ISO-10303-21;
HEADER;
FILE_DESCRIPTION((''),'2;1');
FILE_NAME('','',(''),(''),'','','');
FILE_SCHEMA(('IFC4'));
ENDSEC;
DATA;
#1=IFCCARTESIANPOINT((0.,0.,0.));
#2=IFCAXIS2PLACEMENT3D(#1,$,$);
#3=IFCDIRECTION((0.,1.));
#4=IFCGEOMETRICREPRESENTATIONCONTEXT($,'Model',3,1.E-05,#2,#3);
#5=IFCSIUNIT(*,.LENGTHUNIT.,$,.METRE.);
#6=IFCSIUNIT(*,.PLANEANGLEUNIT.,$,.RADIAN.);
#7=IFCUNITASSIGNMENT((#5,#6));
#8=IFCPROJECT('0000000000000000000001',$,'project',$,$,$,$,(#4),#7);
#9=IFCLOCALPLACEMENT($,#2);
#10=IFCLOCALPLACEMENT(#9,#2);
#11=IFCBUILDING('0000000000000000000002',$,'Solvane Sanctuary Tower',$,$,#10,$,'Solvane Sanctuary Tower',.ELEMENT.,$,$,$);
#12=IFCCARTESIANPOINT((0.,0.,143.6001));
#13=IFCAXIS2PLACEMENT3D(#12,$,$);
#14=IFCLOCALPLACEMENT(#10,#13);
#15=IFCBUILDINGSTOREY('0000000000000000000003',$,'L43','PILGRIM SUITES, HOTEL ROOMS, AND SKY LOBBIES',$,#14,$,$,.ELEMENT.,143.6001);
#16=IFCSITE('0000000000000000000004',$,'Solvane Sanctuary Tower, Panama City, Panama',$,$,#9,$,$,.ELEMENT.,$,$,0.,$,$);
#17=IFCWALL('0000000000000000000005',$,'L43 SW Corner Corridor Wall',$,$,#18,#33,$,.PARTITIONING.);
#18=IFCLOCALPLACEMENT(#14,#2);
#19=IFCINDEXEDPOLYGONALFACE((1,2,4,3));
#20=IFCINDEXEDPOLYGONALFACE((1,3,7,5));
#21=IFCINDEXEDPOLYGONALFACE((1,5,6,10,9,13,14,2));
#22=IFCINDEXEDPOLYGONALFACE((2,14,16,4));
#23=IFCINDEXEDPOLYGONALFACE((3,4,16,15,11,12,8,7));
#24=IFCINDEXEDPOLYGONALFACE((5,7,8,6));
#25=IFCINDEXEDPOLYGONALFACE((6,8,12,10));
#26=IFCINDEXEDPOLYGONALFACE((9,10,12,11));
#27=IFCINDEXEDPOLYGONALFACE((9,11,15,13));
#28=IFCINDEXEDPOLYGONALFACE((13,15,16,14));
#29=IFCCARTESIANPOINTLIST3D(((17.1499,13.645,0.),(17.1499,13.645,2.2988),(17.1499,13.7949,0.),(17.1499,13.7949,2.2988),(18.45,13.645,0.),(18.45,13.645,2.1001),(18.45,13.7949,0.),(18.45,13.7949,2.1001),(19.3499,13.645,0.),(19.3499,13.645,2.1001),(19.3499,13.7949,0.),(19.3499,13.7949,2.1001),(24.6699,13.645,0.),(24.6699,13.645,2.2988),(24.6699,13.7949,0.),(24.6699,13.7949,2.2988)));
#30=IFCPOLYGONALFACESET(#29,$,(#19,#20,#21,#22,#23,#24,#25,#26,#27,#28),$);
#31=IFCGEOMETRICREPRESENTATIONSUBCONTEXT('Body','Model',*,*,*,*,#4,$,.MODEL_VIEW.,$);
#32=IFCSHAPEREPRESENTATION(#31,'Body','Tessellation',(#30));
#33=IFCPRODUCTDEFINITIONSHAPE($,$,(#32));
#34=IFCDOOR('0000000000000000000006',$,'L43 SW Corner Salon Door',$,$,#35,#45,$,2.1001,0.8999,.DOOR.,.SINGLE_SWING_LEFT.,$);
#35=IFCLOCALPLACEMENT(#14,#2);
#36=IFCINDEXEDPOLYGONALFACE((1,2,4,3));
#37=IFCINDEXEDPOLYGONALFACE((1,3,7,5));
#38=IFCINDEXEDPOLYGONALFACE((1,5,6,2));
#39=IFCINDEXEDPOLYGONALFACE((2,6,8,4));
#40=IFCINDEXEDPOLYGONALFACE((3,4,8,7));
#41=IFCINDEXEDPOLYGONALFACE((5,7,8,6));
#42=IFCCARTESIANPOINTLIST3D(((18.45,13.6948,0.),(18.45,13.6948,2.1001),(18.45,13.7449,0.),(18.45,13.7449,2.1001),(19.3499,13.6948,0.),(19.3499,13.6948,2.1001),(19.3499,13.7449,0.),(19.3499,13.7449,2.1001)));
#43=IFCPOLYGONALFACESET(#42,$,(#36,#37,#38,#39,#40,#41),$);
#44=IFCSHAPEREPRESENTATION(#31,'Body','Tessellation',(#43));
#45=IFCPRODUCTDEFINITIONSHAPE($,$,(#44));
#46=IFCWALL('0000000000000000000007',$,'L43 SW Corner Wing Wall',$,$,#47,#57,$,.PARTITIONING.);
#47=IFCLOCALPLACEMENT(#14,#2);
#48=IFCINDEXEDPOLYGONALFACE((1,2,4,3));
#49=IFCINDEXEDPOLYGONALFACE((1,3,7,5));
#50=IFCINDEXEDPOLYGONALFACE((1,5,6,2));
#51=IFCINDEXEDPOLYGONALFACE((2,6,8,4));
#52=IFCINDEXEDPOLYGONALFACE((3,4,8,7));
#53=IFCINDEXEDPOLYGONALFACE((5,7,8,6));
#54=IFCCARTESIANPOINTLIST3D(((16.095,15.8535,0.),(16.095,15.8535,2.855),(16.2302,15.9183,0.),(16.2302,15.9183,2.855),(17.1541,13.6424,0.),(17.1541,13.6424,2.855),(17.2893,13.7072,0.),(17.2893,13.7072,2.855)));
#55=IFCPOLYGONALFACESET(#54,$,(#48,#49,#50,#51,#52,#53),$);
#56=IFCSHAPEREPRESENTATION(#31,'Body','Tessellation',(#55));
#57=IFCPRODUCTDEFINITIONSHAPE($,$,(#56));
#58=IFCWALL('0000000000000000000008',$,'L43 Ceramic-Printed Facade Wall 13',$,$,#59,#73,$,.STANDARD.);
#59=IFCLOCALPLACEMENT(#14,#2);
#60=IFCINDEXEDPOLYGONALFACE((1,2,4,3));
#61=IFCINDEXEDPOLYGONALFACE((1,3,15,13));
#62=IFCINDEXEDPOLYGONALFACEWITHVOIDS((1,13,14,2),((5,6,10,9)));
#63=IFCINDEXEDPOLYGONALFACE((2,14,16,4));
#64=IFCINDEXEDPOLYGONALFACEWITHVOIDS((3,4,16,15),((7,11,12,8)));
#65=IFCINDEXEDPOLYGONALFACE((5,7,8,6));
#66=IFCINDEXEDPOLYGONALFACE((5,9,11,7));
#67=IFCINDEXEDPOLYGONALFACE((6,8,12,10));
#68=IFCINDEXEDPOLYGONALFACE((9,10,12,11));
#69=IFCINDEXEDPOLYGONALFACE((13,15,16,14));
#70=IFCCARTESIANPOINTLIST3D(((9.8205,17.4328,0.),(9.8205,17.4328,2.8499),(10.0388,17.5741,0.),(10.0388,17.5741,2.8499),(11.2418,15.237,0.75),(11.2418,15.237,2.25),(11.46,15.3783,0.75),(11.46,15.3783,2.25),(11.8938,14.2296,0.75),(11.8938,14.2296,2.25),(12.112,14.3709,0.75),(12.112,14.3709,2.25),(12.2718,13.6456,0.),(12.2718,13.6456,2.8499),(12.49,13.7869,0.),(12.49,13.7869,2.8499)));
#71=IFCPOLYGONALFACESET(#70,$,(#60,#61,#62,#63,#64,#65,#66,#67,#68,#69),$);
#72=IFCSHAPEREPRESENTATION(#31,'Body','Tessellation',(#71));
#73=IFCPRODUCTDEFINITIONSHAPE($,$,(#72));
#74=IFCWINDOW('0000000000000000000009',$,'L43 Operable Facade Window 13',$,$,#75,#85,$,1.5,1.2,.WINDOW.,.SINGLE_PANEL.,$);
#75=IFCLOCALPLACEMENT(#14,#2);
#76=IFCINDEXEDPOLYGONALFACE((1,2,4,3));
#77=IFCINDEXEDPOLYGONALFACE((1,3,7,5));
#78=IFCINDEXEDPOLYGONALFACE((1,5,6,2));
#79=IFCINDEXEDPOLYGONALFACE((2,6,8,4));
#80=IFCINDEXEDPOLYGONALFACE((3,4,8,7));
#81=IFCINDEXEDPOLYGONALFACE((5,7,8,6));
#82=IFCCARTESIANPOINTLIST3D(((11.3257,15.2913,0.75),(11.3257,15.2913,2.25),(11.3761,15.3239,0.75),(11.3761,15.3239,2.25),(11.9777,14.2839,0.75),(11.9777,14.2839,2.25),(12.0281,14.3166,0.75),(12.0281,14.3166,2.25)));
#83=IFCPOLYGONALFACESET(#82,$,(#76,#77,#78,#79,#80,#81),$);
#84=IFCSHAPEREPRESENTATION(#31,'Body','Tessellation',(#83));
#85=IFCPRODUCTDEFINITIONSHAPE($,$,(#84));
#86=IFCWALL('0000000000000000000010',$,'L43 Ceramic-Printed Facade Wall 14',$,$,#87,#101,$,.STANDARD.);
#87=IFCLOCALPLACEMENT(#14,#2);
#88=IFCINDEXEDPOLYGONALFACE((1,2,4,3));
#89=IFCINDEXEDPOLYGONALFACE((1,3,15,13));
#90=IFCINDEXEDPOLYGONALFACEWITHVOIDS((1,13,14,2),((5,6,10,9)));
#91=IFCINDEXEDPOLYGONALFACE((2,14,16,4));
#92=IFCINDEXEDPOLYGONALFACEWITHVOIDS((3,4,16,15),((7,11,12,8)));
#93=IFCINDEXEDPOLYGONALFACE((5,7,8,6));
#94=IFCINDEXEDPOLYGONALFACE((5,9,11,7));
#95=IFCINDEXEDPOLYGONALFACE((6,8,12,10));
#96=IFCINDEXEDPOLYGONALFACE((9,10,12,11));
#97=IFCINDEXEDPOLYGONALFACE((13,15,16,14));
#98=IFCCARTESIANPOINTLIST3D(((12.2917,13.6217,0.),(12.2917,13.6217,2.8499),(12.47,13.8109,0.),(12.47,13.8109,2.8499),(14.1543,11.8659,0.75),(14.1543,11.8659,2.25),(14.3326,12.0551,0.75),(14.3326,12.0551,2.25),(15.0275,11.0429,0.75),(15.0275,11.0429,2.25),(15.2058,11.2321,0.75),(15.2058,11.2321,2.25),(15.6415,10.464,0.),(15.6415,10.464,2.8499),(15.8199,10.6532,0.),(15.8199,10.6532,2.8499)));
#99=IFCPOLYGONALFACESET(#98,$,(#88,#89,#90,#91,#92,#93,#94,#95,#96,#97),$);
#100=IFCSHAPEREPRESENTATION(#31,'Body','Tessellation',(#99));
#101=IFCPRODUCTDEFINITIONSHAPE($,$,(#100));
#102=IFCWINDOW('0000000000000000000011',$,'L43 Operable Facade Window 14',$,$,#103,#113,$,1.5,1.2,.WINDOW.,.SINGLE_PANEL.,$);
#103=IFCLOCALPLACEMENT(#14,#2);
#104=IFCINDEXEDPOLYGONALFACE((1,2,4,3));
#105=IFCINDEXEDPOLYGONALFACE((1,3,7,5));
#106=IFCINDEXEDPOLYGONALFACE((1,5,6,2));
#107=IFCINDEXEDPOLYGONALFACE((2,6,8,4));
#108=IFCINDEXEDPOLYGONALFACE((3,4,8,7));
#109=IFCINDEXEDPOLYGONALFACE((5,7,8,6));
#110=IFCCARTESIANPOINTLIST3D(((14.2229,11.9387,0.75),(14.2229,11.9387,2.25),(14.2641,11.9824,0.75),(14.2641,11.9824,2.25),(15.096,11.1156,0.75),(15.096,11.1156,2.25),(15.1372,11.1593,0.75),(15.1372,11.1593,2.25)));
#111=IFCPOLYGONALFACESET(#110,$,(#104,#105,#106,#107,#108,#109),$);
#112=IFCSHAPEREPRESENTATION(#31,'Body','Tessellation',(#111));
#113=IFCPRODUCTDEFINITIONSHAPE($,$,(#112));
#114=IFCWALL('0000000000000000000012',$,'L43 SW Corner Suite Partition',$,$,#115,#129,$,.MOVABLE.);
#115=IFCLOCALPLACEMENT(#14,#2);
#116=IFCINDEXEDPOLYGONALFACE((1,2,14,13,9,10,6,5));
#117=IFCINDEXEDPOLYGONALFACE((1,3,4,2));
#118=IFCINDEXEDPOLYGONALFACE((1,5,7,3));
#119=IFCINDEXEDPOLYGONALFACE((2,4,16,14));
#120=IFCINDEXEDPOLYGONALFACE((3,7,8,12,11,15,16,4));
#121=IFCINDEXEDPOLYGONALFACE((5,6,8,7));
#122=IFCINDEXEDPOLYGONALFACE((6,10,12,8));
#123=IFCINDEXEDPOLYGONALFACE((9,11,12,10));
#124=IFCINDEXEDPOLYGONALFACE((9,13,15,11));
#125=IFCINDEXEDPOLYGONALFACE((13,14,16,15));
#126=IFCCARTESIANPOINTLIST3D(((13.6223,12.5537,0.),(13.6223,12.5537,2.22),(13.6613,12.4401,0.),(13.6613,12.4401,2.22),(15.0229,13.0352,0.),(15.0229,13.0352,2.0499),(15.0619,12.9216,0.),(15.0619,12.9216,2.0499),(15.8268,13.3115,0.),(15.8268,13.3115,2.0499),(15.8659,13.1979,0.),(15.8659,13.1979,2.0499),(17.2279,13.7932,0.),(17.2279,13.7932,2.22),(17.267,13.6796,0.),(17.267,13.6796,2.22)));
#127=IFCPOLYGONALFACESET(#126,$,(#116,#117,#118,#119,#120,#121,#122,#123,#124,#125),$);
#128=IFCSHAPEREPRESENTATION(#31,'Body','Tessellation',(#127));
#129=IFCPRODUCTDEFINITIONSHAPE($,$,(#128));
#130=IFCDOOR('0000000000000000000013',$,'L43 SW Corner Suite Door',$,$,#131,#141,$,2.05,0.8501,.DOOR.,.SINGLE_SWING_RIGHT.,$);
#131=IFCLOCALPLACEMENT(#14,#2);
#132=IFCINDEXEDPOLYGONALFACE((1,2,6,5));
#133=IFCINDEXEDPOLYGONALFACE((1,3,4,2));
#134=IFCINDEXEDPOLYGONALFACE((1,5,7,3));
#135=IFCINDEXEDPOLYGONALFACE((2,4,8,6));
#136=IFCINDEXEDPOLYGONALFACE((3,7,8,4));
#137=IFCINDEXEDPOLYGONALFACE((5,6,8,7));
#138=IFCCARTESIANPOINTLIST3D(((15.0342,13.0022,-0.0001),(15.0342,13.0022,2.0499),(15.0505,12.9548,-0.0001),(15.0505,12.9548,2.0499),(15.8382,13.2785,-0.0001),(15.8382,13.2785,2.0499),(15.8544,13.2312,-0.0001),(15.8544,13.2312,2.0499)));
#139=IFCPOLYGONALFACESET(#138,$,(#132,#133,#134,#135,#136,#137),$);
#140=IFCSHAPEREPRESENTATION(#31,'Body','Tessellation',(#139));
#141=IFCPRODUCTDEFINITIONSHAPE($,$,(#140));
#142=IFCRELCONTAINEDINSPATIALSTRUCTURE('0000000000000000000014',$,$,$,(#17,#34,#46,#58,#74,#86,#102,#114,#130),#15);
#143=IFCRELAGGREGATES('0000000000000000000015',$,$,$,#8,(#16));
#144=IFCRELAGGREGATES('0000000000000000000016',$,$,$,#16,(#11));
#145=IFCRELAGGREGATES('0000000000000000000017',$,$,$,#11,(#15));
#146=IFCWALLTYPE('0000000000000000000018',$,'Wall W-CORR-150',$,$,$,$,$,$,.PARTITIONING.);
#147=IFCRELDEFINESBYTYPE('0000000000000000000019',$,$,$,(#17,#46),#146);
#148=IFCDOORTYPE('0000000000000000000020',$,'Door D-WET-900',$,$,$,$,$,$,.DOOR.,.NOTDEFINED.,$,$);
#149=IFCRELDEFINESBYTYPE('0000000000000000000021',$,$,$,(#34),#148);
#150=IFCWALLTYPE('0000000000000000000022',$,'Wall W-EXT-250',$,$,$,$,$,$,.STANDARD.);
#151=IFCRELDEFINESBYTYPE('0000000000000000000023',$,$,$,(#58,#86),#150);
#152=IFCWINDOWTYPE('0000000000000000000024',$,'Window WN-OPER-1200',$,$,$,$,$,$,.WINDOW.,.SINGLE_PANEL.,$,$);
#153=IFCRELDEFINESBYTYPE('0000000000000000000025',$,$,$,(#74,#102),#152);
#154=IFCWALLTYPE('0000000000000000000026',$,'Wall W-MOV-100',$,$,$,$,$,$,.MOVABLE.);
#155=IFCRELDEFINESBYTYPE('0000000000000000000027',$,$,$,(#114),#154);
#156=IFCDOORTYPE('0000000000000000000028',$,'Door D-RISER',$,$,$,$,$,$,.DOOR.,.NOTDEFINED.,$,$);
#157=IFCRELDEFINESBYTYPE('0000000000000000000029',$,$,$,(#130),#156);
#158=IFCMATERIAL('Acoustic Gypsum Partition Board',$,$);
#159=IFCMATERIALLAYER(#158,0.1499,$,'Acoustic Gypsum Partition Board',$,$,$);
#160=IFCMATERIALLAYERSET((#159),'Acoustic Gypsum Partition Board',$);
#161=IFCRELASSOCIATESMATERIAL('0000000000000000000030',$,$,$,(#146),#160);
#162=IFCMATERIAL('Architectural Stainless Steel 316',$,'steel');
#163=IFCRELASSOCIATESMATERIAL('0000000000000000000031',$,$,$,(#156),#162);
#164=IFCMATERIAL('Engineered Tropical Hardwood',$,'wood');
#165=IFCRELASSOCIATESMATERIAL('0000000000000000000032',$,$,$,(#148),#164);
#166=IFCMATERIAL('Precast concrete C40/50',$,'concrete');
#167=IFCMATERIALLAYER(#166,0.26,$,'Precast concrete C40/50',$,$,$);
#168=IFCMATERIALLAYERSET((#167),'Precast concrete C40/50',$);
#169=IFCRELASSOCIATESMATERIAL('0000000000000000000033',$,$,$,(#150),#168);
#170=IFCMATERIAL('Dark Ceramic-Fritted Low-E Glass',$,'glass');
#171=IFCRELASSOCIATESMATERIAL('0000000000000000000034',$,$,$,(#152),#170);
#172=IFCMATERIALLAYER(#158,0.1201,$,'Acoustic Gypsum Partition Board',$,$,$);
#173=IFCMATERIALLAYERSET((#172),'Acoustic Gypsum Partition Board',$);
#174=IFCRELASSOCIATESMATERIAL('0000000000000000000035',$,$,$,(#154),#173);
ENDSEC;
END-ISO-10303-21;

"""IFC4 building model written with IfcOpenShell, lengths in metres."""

from ifc_helpers import new_model, si_unit, direction, frame, frame_2d, origin, place, context, subcontext, project, spatial, rectangle, extrude, material, layer, layer_set, type_object, element, fill, save


model = new_model("IFC4")

# Units and contexts
model_context = context("Model", 3, precision=1e-05, world=origin(), true_north=direction((0.0, 1.0)))
body_context = subcontext(model_context, "Body", "Model", "MODEL_VIEW")
ifc_project = project(units=[si_unit("LENGTHUNIT", "METRE"), si_unit("PLANEANGLEUNIT", "RADIAN")], contexts=[model_context])

# Site, building, storey
site_placement = place(None, origin())
site = spatial("IfcSite", under=ifc_project, at=site_placement, Name="Solvane Sanctuary Tower, Panama City, Panama", CompositionType="ELEMENT", RefElevation=0.0)
building_placement = place(site_placement, origin())
building = spatial("IfcBuilding", under=site, at=building_placement, Name="Solvane Sanctuary Tower", LongName="Solvane Sanctuary Tower", CompositionType="ELEMENT")
storey_placement = place(building_placement, frame((0.0, 0.0, 143.6001)))
storey = spatial("IfcBuildingStorey", under=building, at=storey_placement, Name="L43", Description="PILGRIM SUITES, HOTEL ROOMS, AND SKY LOBBIES", CompositionType="ELEMENT", Elevation=143.6001)

# Shared definitions
ifc_material_1 = material(Name="Acoustic Gypsum Partition Board")
ifc_layer_1 = layer(ifc_material_1, 0.1499, Name="Acoustic Gypsum Partition Board")
ifc_layer_set_1 = layer_set([ifc_layer_1], Name="Acoustic Gypsum Partition Board")
wall_type_1 = type_object("IfcWallType", Name="Wall W-CORR-150", PredefinedType="PARTITIONING", material=ifc_layer_set_1)
ifc_material_2 = material(Name="Architectural Stainless Steel 316", Category="steel")
door_type_1 = type_object("IfcDoorType", Name="Door D-RISER", OperationType="NOTDEFINED", PredefinedType="DOOR", material=ifc_material_2)

# Wall, opening, door
wall_1_placement = place(storey_placement, frame((17.1499, 13.72, 0.0), z_axis=(0.0, 0.0, 1.0), x_axis=(1.0, 0.0, 0.0)))
wall_1 = element("IfcWall", 1, at=wall_1_placement, inside=storey, type_object=wall_type_1, Name="L43 SW Corner Corridor Wall", PredefinedType="PARTITIONING", context=body_context, shape_type="SweptSolid", body=[
    extrude(rectangle(XDim=7.52, YDim=0.1499, at=frame_2d((3.76, 0.0))), origin(), (0.0, 0.0, 1.0), 2.2988),
])
opening_1_placement = place(wall_1_placement, frame((1.3, 0.0, 0.0)))
opening_1 = element("IfcOpeningElement", 2, at=opening_1_placement, cuts=wall_1, PredefinedType="OPENING", context=body_context, shape_type="SweptSolid", body=[
    extrude(rectangle(XDim=0.8999, YDim=2.1001, at=frame_2d((0.45, 1.05))), frame((0.0, 0.085, 0.0), z_axis=(0.0, -1.0, 0.0), x_axis=(1.0, 0.0, 0.0)), (0.0, 0.0, 1.0), 0.1699),
])
ifc_material_3 = material(Name="Engineered Tropical Hardwood", Category="wood")
door_type_2 = type_object("IfcDoorType", Name="Door D-WET-900", OperationType="NOTDEFINED", PredefinedType="DOOR", material=ifc_material_3)
door_1_placement = place(opening_1_placement, origin())
door_1 = element("IfcDoor", 3, at=door_1_placement, inside=storey, type_object=door_type_2, Name="L43 SW Corner Salon Door", OperationType="SINGLE_SWING_LEFT", OverallHeight=2.1001, OverallWidth=0.8999, PredefinedType="DOOR", context=body_context, shape_type="SweptSolid", body=[
    extrude(rectangle(XDim=0.8999, YDim=2.1001, at=frame_2d((0.45, 1.05))), frame((0.0, 0.0249, 0.0), z_axis=(0.0, -1.0, 0.0), x_axis=(1.0, 0.0, 0.0)), (0.0, 0.0, 1.0), 0.05),
])
fill(opening_1, door_1)

# Wall
wall_2_placement = place(storey_placement, frame((17.2217, 13.6748, 0.0), z_axis=(0.0, 0.0, 1.0), x_axis=(-0.431973, 0.901886, 0.0)))
element("IfcWall", 4, at=wall_2_placement, inside=storey, type_object=wall_type_1, Name="L43 SW Corner Wing Wall", PredefinedType="PARTITIONING", context=body_context, shape_type="SweptSolid", body=[
    extrude(rectangle(XDim=2.4517, YDim=0.1499, at=frame_2d((1.2258, 0.0))), origin(), (0.0, 0.0, 1.0), 2.855),
])

# Walls, openings, windows
ifc_material_4 = material(Name="Precast concrete C40/50", Category="concrete")
ifc_layer_2 = layer(ifc_material_4, 0.26, Name="Precast concrete C40/50")
ifc_layer_set_2 = layer_set([ifc_layer_2], Name="Precast concrete C40/50")
wall_type_2 = type_object("IfcWallType", Name="Wall W-EXT-250", PredefinedType="STANDARD", material=ifc_layer_set_2)
wall_3_placement = place(storey_placement, frame((9.9297, 17.5034, 0.0), z_axis=(0.0, 0.0, 1.0), x_axis=(0.543359, -0.8395, 0.0)))
wall_3 = element("IfcWall", 5, at=wall_3_placement, inside=storey, type_object=wall_type_2, Name="L43 Ceramic-Printed Facade Wall 13", PredefinedType="STANDARD", context=body_context, shape_type="SweptSolid", body=[
    extrude(rectangle(XDim=4.5112, YDim=0.26, at=frame_2d((2.2556, 0.0))), origin(), (0.0, 0.0, 1.0), 2.8499),
])
opening_2_placement = place(wall_3_placement, frame((2.6155, 0.0, 0.75)))
opening_2 = element("IfcOpeningElement", 6, at=opening_2_placement, cuts=wall_3, PredefinedType="OPENING", context=body_context, shape_type="SweptSolid", body=[
    extrude(rectangle(XDim=1.2, YDim=1.5, at=frame_2d((0.6001, 0.75))), frame((0.0, 0.1399, 0.0), z_axis=(0.0, -1.0, 0.0), x_axis=(1.0, 0.0, 0.0)), (0.0, 0.0, 1.0), 0.28),
])
ifc_material_5 = material(Name="Dark Ceramic-Fritted Low-E Glass", Category="glass")
window_type = type_object("IfcWindowType", Name="Window WN-OPER-1200", PartitioningType="SINGLE_PANEL", PredefinedType="WINDOW", material=ifc_material_5)
window_1_placement = place(opening_2_placement, origin())
window_1 = element("IfcWindow", 7, at=window_1_placement, inside=storey, type_object=window_type, Name="L43 Operable Facade Window 13", OverallHeight=1.5, OverallWidth=1.2, PartitioningType="SINGLE_PANEL", PredefinedType="WINDOW", context=body_context, shape_type="SweptSolid", body=[
    extrude(rectangle(XDim=1.2, YDim=1.5, at=frame_2d((0.6001, 0.75))), frame((0.0, 0.03, 0.0), z_axis=(0.0, -1.0, 0.0), x_axis=(1.0, 0.0, 0.0)), (0.0, 0.0, 1.0), 0.0601),
])
fill(opening_2, window_1)
wall_4_placement = place(storey_placement, frame((12.3809, 13.7163, 0.0), z_axis=(0.0, 0.0, 1.0), x_axis=(0.727667, -0.68593, 0.0)))
wall_4 = element("IfcWall", 8, at=wall_4_placement, inside=storey, type_object=wall_type_2, Name="L43 Ceramic-Printed Facade Wall 14", PredefinedType="STANDARD", context=body_context, shape_type="SweptSolid", body=[
    extrude(rectangle(XDim=4.6035, YDim=0.26, at=frame_2d((2.3018, 0.0))), origin(), (0.0, 0.0, 1.0), 2.8499),
])
opening_3_placement = place(wall_4_placement, frame((2.5596, 0.0, 0.75)))
opening_3 = element("IfcOpeningElement", 9, at=opening_3_placement, cuts=wall_4, PredefinedType="OPENING", context=body_context, shape_type="SweptSolid", body=[
    extrude(rectangle(XDim=1.2, YDim=1.5, at=frame_2d((0.6001, 0.75))), frame((0.0, 0.1399, 0.0), z_axis=(0.0, -1.0, 0.0), x_axis=(1.0, 0.0, 0.0)), (0.0, 0.0, 1.0), 0.28),
])
window_2_placement = place(opening_3_placement, origin())
window_2 = element("IfcWindow", 10, at=window_2_placement, inside=storey, type_object=window_type, Name="L43 Operable Facade Window 14", OverallHeight=1.5, OverallWidth=1.2, PartitioningType="SINGLE_PANEL", PredefinedType="WINDOW", context=body_context, shape_type="SweptSolid", body=[
    extrude(rectangle(XDim=1.2, YDim=1.5, at=frame_2d((0.6001, 0.75))), frame((0.0, 0.03, 0.0), z_axis=(0.0, -1.0, 0.0), x_axis=(1.0, 0.0, 0.0)), (0.0, 0.0, 1.0), 0.0601),
])
fill(opening_3, window_2)

# Wall, opening, door
ifc_layer_3 = layer(ifc_material_1, 0.1201, Name="Acoustic Gypsum Partition Board")
ifc_layer_set_3 = layer_set([ifc_layer_3], Name="Acoustic Gypsum Partition Board")
wall_type_3 = type_object("IfcWallType", Name="Wall W-MOV-100", PredefinedType="MOVABLE", material=ifc_layer_set_3)
wall_5_placement = place(storey_placement, frame((17.2473, 13.7363, 0.0), z_axis=(0.0, 0.0, 1.0), x_axis=(-0.945684, -0.325089, 0.0)))
wall_5 = element("IfcWall", 11, at=wall_5_placement, inside=storey, type_object=wall_type_3, Name="L43 SW Corner Suite Partition", PredefinedType="MOVABLE", context=body_context, shape_type="SweptSolid", body=[
    extrude(rectangle(XDim=3.8127, YDim=0.1201, at=frame_2d((1.9062, 0.0))), origin(), (0.0, 0.0, 1.0), 2.22),
])
opening_4_placement = place(wall_5_placement, frame((1.4814, 0.0, 0.0)))
opening_4 = element("IfcOpeningElement", 12, at=opening_4_placement, cuts=wall_5, PredefinedType="OPENING", context=body_context, shape_type="SweptSolid", body=[
    extrude(rectangle(XDim=0.8501, YDim=2.05, at=frame_2d((0.425, 1.0249))), frame((0.0, 0.0701, 0.0), z_axis=(0.0, -1.0, 0.0), x_axis=(1.0, 0.0, 0.0)), (0.0, 0.0, 1.0), 0.1401),
])
door_2_placement = place(opening_4_placement, origin())
door_2 = element("IfcDoor", 13, at=door_2_placement, inside=storey, type_object=door_type_1, Name="L43 SW Corner Suite Door", OperationType="SINGLE_SWING_RIGHT", OverallHeight=2.05, OverallWidth=0.8501, PredefinedType="DOOR", context=body_context, shape_type="SweptSolid", body=[
    extrude(rectangle(XDim=0.8501, YDim=2.05, at=frame_2d((0.425, 1.0249))), frame((0.0, 0.0249, 0.0), z_axis=(0.0, -1.0, 0.0), x_axis=(1.0, 0.0, 0.0)), (0.0, 0.0, 1.0), 0.05),
])
fill(opening_4, door_2)

save(model, "model.ifc")
